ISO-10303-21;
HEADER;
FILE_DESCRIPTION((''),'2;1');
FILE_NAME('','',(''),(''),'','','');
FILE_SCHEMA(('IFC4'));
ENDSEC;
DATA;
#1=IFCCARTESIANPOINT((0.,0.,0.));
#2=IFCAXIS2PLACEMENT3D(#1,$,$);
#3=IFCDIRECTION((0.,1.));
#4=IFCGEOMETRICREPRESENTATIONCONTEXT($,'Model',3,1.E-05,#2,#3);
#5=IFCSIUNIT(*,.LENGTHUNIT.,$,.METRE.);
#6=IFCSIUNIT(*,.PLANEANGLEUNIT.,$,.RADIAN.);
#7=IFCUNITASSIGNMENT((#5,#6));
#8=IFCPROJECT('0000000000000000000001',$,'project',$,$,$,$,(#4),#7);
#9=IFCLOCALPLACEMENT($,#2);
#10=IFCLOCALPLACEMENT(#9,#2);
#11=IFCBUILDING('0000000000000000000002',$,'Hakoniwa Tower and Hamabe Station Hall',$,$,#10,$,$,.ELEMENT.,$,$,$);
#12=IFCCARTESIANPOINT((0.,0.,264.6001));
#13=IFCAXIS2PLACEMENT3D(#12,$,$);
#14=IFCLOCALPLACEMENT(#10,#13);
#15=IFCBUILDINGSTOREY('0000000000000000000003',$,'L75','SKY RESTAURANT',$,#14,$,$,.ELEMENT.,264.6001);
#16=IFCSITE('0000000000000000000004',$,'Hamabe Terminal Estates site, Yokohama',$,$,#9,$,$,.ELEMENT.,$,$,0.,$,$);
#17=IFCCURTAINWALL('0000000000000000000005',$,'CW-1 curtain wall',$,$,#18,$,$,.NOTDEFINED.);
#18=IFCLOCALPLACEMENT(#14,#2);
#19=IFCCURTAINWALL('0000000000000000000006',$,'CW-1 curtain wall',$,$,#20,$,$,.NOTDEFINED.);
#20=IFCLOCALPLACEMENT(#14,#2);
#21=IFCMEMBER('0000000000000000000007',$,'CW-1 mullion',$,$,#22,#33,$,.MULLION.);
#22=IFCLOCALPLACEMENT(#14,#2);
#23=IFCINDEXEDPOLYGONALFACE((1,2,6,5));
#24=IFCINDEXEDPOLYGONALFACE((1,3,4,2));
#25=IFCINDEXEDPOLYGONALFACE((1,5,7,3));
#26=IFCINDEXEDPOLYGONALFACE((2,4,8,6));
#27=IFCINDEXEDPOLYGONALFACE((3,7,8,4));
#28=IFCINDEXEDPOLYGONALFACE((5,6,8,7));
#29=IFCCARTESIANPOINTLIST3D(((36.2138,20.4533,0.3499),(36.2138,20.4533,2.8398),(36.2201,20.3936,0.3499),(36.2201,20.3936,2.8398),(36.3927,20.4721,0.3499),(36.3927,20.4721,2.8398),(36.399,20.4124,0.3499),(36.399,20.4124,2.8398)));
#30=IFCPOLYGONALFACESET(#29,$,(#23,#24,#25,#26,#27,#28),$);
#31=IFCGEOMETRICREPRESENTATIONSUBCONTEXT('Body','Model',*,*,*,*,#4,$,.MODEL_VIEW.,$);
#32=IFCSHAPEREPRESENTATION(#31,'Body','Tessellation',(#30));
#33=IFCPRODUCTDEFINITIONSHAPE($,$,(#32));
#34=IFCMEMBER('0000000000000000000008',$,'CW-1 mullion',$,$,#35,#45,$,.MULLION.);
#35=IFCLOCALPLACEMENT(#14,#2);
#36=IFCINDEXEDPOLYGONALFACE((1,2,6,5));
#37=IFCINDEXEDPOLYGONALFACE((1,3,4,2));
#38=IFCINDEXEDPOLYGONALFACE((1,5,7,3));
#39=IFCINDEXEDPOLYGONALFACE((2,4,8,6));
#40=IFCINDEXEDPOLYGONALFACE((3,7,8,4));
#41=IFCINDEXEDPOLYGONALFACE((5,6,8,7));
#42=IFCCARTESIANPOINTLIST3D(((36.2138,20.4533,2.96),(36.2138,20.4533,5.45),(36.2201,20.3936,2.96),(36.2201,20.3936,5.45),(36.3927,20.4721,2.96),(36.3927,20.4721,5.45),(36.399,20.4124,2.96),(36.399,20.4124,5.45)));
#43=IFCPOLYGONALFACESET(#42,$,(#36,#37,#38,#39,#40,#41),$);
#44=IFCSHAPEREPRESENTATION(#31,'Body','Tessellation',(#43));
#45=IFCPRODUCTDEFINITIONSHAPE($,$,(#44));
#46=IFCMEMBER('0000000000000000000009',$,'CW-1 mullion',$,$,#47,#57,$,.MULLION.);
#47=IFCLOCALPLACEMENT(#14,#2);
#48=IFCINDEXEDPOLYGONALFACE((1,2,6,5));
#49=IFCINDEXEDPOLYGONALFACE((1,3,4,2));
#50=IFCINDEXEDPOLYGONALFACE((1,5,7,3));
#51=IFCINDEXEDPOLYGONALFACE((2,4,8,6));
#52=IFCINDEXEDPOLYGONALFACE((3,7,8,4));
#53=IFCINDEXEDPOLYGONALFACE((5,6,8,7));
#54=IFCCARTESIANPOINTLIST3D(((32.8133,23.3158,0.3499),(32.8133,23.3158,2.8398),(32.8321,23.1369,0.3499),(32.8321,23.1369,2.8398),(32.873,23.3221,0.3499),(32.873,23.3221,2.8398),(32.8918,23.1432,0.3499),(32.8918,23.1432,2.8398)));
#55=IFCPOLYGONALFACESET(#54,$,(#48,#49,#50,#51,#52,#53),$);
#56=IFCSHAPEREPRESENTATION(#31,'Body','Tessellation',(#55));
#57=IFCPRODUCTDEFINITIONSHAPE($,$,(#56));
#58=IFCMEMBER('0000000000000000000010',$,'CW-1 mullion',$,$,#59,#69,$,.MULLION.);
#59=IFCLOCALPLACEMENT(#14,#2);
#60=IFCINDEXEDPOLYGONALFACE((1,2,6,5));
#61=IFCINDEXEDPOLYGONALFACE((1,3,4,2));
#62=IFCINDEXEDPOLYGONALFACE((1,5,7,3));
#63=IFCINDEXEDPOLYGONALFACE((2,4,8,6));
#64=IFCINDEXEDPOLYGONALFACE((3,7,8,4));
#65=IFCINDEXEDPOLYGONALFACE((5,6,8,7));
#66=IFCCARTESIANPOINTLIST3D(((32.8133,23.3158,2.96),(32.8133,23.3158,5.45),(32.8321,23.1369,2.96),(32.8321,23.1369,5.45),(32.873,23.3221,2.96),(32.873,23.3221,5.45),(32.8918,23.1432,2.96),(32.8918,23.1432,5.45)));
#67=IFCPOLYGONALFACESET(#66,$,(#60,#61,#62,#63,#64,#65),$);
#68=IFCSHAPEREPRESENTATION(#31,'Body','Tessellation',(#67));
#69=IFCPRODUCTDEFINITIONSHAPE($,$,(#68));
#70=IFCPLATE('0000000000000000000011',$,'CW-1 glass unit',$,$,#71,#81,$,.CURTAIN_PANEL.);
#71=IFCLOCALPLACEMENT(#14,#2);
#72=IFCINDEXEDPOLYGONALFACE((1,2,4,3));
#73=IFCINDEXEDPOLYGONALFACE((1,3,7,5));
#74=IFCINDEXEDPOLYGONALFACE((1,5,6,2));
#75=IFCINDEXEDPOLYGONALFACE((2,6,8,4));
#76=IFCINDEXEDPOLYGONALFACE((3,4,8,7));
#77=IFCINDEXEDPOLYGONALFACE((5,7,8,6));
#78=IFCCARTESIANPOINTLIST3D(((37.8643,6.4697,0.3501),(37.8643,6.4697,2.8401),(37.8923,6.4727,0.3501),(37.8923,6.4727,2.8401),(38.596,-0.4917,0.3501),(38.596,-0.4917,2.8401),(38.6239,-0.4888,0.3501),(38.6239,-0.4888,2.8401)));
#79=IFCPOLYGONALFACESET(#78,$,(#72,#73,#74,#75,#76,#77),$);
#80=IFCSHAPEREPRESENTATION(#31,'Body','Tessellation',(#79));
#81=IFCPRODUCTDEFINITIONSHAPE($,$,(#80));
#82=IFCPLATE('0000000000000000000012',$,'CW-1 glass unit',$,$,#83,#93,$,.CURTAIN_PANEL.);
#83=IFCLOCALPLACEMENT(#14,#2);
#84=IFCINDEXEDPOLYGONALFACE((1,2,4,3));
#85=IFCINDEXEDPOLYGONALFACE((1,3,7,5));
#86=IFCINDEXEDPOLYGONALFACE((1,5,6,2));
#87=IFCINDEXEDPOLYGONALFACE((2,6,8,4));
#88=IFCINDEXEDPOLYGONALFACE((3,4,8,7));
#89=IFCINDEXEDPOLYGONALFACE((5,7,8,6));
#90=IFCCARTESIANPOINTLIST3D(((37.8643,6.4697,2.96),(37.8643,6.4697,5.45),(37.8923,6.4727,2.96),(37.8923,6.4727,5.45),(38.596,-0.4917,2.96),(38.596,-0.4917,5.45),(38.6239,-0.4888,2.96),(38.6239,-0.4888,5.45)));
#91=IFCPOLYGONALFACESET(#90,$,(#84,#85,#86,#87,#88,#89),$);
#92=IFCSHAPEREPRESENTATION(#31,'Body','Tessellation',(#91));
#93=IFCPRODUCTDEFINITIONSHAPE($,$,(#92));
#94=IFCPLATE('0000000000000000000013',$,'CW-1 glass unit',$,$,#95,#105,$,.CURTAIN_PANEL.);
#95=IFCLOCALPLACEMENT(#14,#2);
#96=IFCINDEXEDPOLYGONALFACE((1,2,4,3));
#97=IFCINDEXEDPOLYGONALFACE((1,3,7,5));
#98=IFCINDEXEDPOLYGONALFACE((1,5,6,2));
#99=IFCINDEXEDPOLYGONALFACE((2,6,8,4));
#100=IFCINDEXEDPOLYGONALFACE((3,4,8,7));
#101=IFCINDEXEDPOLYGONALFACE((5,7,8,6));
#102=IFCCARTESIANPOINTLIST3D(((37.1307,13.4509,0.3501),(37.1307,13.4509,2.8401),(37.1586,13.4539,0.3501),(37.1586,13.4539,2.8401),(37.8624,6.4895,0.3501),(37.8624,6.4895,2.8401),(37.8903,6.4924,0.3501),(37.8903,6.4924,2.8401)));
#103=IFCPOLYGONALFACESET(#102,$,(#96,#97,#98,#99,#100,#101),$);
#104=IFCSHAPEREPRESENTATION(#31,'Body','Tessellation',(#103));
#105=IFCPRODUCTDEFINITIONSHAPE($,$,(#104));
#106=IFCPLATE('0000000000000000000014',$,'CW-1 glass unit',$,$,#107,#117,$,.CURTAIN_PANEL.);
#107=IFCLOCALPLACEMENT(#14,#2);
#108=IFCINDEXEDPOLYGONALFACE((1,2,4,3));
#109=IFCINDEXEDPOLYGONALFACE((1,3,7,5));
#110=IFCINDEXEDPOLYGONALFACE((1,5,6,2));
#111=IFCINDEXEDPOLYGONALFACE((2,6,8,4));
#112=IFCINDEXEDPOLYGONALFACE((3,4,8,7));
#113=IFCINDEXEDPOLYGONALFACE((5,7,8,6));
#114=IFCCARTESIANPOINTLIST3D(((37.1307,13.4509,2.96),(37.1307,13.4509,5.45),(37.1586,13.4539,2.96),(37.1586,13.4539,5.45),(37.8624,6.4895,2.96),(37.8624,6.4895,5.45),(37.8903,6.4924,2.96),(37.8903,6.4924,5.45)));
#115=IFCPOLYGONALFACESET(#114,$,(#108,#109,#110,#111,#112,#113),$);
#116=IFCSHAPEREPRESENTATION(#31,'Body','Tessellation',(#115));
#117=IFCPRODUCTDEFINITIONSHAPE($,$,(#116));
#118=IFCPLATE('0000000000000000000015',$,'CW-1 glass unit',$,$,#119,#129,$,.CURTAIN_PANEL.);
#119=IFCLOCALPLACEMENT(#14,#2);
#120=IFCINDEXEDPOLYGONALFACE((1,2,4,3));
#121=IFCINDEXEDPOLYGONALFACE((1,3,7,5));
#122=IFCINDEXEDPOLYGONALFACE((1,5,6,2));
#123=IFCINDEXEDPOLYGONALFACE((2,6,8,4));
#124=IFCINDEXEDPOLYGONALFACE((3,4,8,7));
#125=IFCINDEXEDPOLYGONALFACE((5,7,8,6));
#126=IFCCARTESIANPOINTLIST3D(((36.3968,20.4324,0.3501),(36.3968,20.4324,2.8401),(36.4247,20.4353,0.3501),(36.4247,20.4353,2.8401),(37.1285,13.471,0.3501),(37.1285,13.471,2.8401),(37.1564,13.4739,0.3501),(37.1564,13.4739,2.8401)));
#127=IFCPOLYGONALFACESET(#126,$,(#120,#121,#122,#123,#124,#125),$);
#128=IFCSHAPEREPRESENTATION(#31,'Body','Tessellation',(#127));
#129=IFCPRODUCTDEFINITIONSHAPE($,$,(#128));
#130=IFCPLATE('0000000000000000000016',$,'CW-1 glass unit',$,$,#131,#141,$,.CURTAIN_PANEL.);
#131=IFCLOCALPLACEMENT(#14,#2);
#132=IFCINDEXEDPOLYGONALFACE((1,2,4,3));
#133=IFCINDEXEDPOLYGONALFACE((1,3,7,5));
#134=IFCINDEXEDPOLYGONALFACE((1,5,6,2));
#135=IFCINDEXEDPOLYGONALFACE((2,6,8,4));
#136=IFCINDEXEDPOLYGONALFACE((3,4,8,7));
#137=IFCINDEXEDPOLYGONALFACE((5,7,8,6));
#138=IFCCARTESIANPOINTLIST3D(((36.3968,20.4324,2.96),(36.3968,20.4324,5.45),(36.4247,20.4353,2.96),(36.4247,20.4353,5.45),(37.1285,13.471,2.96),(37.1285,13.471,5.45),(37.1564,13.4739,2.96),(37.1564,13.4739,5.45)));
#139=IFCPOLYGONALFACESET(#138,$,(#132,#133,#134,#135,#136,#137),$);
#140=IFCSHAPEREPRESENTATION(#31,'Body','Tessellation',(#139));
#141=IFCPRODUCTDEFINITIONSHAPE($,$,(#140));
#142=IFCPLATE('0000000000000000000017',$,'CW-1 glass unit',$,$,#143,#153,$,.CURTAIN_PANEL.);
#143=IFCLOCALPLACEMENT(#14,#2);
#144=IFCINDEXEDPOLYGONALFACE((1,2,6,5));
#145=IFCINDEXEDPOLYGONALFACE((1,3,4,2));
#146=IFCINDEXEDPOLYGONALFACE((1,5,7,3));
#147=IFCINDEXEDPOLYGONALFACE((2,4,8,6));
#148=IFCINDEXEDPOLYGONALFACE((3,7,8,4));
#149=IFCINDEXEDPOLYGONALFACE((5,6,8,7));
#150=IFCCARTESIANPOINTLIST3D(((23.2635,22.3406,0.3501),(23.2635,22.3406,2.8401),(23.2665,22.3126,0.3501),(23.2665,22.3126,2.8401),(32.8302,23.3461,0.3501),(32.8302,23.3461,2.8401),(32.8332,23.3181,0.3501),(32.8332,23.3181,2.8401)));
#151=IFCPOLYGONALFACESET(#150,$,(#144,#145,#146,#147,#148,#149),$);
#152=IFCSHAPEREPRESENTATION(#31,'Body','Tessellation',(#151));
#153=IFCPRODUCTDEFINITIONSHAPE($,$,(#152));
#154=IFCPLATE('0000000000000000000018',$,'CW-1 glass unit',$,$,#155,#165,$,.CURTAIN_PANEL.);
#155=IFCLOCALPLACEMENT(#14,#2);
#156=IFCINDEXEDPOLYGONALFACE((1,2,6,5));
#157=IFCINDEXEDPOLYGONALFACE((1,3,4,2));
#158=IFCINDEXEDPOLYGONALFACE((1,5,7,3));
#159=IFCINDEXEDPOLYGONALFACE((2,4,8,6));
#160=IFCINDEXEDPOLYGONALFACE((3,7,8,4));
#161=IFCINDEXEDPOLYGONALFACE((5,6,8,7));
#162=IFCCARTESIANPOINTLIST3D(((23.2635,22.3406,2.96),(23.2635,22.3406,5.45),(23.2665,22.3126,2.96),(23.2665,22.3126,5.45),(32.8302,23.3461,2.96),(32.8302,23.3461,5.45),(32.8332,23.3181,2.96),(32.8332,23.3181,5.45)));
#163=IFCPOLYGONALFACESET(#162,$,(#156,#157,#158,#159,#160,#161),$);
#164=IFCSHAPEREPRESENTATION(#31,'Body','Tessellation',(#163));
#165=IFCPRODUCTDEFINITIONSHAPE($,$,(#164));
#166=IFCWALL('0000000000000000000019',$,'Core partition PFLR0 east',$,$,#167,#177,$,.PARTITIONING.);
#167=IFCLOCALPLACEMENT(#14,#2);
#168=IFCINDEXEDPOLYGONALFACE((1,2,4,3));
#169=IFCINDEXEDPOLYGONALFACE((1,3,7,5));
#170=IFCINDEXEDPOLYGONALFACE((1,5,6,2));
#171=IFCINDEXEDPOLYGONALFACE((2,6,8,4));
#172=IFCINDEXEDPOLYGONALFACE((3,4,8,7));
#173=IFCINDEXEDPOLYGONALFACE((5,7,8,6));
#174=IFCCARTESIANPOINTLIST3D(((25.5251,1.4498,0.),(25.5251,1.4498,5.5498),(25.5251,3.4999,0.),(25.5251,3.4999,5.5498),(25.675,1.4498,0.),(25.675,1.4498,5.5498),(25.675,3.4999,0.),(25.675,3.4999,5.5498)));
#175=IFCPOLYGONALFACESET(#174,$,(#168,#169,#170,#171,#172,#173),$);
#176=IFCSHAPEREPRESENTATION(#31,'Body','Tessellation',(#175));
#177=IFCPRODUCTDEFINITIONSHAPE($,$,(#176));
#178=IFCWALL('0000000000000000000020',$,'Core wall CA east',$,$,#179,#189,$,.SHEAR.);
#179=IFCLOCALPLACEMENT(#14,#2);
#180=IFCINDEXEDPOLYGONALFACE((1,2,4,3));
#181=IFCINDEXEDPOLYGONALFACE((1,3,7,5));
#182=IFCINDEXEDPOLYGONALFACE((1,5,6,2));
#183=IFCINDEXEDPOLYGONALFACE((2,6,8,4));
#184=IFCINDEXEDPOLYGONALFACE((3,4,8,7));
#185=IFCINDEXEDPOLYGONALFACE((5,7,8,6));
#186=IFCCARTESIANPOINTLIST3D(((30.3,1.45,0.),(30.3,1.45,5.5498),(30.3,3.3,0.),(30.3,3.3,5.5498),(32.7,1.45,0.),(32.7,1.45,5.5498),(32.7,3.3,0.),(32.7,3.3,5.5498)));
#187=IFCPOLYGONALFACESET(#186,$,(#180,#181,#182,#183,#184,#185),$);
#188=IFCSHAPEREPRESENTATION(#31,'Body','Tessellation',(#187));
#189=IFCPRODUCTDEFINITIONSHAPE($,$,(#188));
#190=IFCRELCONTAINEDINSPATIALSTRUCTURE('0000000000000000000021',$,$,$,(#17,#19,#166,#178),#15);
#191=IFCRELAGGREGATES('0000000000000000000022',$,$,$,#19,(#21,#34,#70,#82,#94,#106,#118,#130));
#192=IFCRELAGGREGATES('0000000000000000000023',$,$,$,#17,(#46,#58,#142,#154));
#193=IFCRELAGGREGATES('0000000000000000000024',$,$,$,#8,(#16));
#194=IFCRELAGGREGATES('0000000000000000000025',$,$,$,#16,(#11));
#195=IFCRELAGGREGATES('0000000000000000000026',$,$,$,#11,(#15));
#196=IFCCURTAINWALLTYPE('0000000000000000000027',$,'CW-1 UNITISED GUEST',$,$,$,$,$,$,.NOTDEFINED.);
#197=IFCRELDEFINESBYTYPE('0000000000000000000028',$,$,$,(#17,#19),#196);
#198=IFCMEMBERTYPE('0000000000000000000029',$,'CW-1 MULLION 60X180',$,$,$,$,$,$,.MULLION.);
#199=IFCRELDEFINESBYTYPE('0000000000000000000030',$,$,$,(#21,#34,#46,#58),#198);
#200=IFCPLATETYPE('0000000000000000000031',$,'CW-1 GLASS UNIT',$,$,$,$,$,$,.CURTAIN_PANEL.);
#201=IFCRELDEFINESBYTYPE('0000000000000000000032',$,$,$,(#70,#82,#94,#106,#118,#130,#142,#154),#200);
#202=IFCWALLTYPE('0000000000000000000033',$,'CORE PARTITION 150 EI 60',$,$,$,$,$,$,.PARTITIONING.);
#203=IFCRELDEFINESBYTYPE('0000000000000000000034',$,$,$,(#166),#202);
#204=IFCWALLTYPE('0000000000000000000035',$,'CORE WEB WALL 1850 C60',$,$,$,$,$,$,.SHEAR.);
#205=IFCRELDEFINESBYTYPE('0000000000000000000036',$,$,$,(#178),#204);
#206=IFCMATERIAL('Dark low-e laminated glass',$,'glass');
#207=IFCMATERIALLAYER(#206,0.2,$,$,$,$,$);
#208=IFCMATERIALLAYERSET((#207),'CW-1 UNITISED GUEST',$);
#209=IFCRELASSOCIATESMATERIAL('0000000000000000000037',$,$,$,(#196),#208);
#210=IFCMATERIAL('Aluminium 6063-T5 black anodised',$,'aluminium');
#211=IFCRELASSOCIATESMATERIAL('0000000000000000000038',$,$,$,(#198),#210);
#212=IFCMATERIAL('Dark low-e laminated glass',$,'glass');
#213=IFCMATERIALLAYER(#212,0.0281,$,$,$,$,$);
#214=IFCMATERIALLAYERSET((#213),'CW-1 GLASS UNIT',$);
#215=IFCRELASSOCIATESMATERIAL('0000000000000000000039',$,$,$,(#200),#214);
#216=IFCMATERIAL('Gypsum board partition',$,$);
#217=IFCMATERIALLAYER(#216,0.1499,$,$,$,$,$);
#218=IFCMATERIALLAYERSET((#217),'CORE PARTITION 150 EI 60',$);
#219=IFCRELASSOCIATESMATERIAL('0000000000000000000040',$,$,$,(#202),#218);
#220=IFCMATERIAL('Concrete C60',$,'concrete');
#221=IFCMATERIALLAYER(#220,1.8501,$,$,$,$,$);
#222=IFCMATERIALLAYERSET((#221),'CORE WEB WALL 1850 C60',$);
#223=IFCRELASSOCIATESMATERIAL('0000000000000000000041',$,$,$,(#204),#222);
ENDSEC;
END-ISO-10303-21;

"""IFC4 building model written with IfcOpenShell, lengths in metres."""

from ifc_helpers import new_model, si_unit, direction, frame, frame_2d, origin, origin_2d, place, context, subcontext, project, spatial, rectangle, extrude, material, layer, layer_set, material_profile, profile_set, type_object, element, aggregate, save


model = new_model("IFC4")

# Units and contexts
model_context = context("Model", 3, precision=1e-05, world=origin(), true_north=direction((0.0, 1.0)))
body_context = subcontext(model_context, "Body", "Model", "MODEL_VIEW")
ifc_project = project(units=[si_unit("LENGTHUNIT", "METRE"), si_unit("PLANEANGLEUNIT", "RADIAN")], contexts=[model_context])

# Site, building, storey
site_placement = place(None, origin())
site = spatial("IfcSite", under=ifc_project, at=site_placement, Name="Hamabe Terminal Estates site, Yokohama", CompositionType="ELEMENT", RefElevation=0.0)
building_placement = place(site_placement, origin())
building = spatial("IfcBuilding", under=site, at=building_placement, Name="Hakoniwa Tower and Hamabe Station Hall", CompositionType="ELEMENT")
storey_placement = place(building_placement, frame((0.0, 0.0, 264.6001)))
storey = spatial("IfcBuildingStorey", under=building, at=storey_placement, Name="L75", Description="SKY RESTAURANT", CompositionType="ELEMENT", Elevation=264.6001)

# Curtain walls, members
ifc_material_1 = material(Name="Dark low-e laminated glass", Category="glass")
ifc_layer_1 = layer(ifc_material_1, 0.2)
ifc_layer_set_1 = layer_set([ifc_layer_1], Name="CW-1 UNITISED GUEST")
curtain_wall_type = type_object("IfcCurtainWallType", Name="CW-1 UNITISED GUEST", PredefinedType="NOTDEFINED", material=ifc_layer_set_1)
curtain_wall_1_placement = place(storey_placement, origin())
curtain_wall_1 = element("IfcCurtainWall", 1, at=curtain_wall_1_placement, inside=storey, type_object=curtain_wall_type, Name="CW-1 curtain wall", PredefinedType="NOTDEFINED")
curtain_wall_2_placement = place(storey_placement, origin())
curtain_wall_2 = element("IfcCurtainWall", 2, at=curtain_wall_2_placement, inside=storey, type_object=curtain_wall_type, Name="CW-1 curtain wall", PredefinedType="NOTDEFINED")
ifc_material_2 = material(Name="Aluminium 6063-T5 black anodised", Category="aluminium")
ifc_material_profile_1 = material_profile(ifc_material_2, rectangle(XDim=0.0601, YDim=0.1799, at=origin_2d()), Name="CW-1 MULLION 60X180")
ifc_profile_set_1 = profile_set([ifc_material_profile_1], Name="Aluminium 6063-T5 black anodised")
member_type_1 = type_object("IfcMemberType", Name="CW-1 MULLION 60X180", PredefinedType="MULLION", material=ifc_profile_set_1)
member_1_placement = place(storey_placement, frame((36.3064, 20.4329, 0.3499), z_axis=(0.0, 0.0, 1.0), x_axis=(-0.104528, 0.994522, 0.0)))
member_1 = element("IfcMember", 3, at=member_1_placement, type_object=member_type_1, Name="CW-1 mullion", PredefinedType="MULLION", context=body_context, shape_type="SweptSolid", body=[
    extrude(rectangle(XDim=0.0601, YDim=0.1799, at=origin_2d()), origin(), (0.0, 0.0, 1.0), 2.49),
])
member_2_placement = place(storey_placement, frame((36.3064, 20.4329, 2.96), z_axis=(0.0, 0.0, 1.0), x_axis=(-0.104528, 0.994522, 0.0)))
member_2 = element("IfcMember", 4, at=member_2_placement, type_object=member_type_1, Name="CW-1 mullion", PredefinedType="MULLION", context=body_context, shape_type="SweptSolid", body=[
    extrude(rectangle(XDim=0.0601, YDim=0.1799, at=origin_2d()), origin(), (0.0, 0.0, 1.0), 2.49),
])

# Members
member_3_placement = place(storey_placement, frame((32.8525, 23.2295, 0.3499), z_axis=(0.0, 0.0, 1.0), x_axis=(-0.994522, -0.104528, 0.0)))
member_3 = element("IfcMember", 5, at=member_3_placement, type_object=member_type_1, Name="CW-1 mullion", PredefinedType="MULLION", context=body_context, shape_type="SweptSolid", body=[
    extrude(rectangle(XDim=0.0601, YDim=0.1799, at=origin_2d()), origin(), (0.0, 0.0, 1.0), 2.49),
])
member_4_placement = place(storey_placement, frame((32.8525, 23.2295, 2.96), z_axis=(0.0, 0.0, 1.0), x_axis=(-0.994522, -0.104528, 0.0)))
member_4 = element("IfcMember", 6, at=member_4_placement, type_object=member_type_1, Name="CW-1 mullion", PredefinedType="MULLION", context=body_context, shape_type="SweptSolid", body=[
    extrude(rectangle(XDim=0.0601, YDim=0.1799, at=origin_2d()), origin(), (0.0, 0.0, 1.0), 2.49),
])

# Plates
ifc_material_3 = material(Name="Dark low-e laminated glass", Category="glass")
ifc_layer_2 = layer(ifc_material_3, 0.0281)
ifc_layer_set_2 = layer_set([ifc_layer_2], Name="CW-1 GLASS UNIT")
plate_type = type_object("IfcPlateType", Name="CW-1 GLASS UNIT", PredefinedType="CURTAIN_PANEL", material=ifc_layer_set_2)
plate_1_placement = place(storey_placement, frame((38.2441, 2.9905, 0.3501), z_axis=(0.0, 0.0, 1.0), x_axis=(-0.104528, 0.994522, 0.0)))
plate_1 = element("IfcPlate", 7, at=plate_1_placement, type_object=plate_type, Name="CW-1 glass unit", PredefinedType="CURTAIN_PANEL", context=body_context, shape_type="SweptSolid", body=[
    extrude(rectangle(XDim=6.9998, YDim=0.0281, at=origin_2d()), origin(), (0.0, 0.0, 1.0), 2.49),
])
plate_2_placement = place(storey_placement, frame((38.2441, 2.9905, 2.96), z_axis=(0.0, 0.0, 1.0), x_axis=(-0.104528, 0.994522, 0.0)))
plate_2 = element("IfcPlate", 8, at=plate_2_placement, type_object=plate_type, Name="CW-1 glass unit", PredefinedType="CURTAIN_PANEL", context=body_context, shape_type="SweptSolid", body=[
    extrude(rectangle(XDim=6.9998, YDim=0.0281, at=origin_2d()), origin(), (0.0, 0.0, 1.0), 2.49),
])
plate_3_placement = place(storey_placement, frame((37.5105, 9.9717, 0.3501), z_axis=(0.0, 0.0, 1.0), x_axis=(-0.104528, 0.994522, 0.0)))
plate_3 = element("IfcPlate", 9, at=plate_3_placement, type_object=plate_type, Name="CW-1 glass unit", PredefinedType="CURTAIN_PANEL", context=body_context, shape_type="SweptSolid", body=[
    extrude(rectangle(XDim=6.9998, YDim=0.0281, at=origin_2d()), origin(), (0.0, 0.0, 1.0), 2.49),
])
plate_4_placement = place(storey_placement, frame((37.5105, 9.9717, 2.96), z_axis=(0.0, 0.0, 1.0), x_axis=(-0.104528, 0.994522, 0.0)))
plate_4 = element("IfcPlate", 10, at=plate_4_placement, type_object=plate_type, Name="CW-1 glass unit", PredefinedType="CURTAIN_PANEL", context=body_context, shape_type="SweptSolid", body=[
    extrude(rectangle(XDim=6.9998, YDim=0.0281, at=origin_2d()), origin(), (0.0, 0.0, 1.0), 2.49),
])
plate_5_placement = place(storey_placement, frame((36.7766, 16.9531, 0.3501), z_axis=(0.0, 0.0, 1.0), x_axis=(-0.104528, 0.994522, 0.0)))
plate_5 = element("IfcPlate", 11, at=plate_5_placement, type_object=plate_type, Name="CW-1 glass unit", PredefinedType="CURTAIN_PANEL", context=body_context, shape_type="SweptSolid", body=[
    extrude(rectangle(XDim=6.9998, YDim=0.0281, at=origin_2d()), origin(), (0.0, 0.0, 1.0), 2.49),
])
plate_6_placement = place(storey_placement, frame((36.7766, 16.9531, 2.96), z_axis=(0.0, 0.0, 1.0), x_axis=(-0.104528, 0.994522, 0.0)))
plate_6 = element("IfcPlate", 12, at=plate_6_placement, type_object=plate_type, Name="CW-1 glass unit", PredefinedType="CURTAIN_PANEL", context=body_context, shape_type="SweptSolid", body=[
    extrude(rectangle(XDim=6.9998, YDim=0.0281, at=origin_2d()), origin(), (0.0, 0.0, 1.0), 2.49),
])
aggregate(curtain_wall_2, [member_1, member_2, plate_1, plate_2, plate_3, plate_4, plate_5, plate_6])
plate_7_placement = place(storey_placement, frame((28.0483, 22.8293, 0.3501), z_axis=(0.0, 0.0, 1.0), x_axis=(-0.994522, -0.104528, 0.0)))
plate_7 = element("IfcPlate", 13, at=plate_7_placement, type_object=plate_type, Name="CW-1 glass unit", PredefinedType="CURTAIN_PANEL", context=body_context, shape_type="SweptSolid", body=[
    extrude(rectangle(XDim=9.6194, YDim=0.0281, at=origin_2d()), origin(), (0.0, 0.0, 1.0), 2.49),
])
plate_8_placement = place(storey_placement, frame((28.0483, 22.8293, 2.96), z_axis=(0.0, 0.0, 1.0), x_axis=(-0.994522, -0.104528, 0.0)))
plate_8 = element("IfcPlate", 14, at=plate_8_placement, type_object=plate_type, Name="CW-1 glass unit", PredefinedType="CURTAIN_PANEL", context=body_context, shape_type="SweptSolid", body=[
    extrude(rectangle(XDim=9.6194, YDim=0.0281, at=origin_2d()), origin(), (0.0, 0.0, 1.0), 2.49),
])
aggregate(curtain_wall_1, [member_3, member_4, plate_7, plate_8])

# Walls
ifc_material_4 = material(Name="Gypsum board partition")
ifc_layer_3 = layer(ifc_material_4, 0.1499)
ifc_layer_set_3 = layer_set([ifc_layer_3], Name="CORE PARTITION 150 EI 60")
wall_type_1 = type_object("IfcWallType", Name="CORE PARTITION 150 EI 60", PredefinedType="PARTITIONING", material=ifc_layer_set_3)
wall_1_placement = place(storey_placement, frame((25.6001, 1.45, 0.0), z_axis=(0.0, 0.0, 1.0), x_axis=(0.0, 1.0, 0.0)))
element("IfcWall", 15, at=wall_1_placement, inside=storey, type_object=wall_type_1, Name="Core partition PFLR0 east", PredefinedType="PARTITIONING", context=body_context, shape_type="SweptSolid", body=[
    extrude(rectangle(XDim=2.05, YDim=0.1499, at=frame_2d((1.0249, 0.0))), origin(), (0.0, 0.0, 1.0), 5.5498),
])
ifc_material_5 = material(Name="Concrete C60", Category="concrete")
ifc_layer_4 = layer(ifc_material_5, 1.8501)
ifc_layer_set_4 = layer_set([ifc_layer_4], Name="CORE WEB WALL 1850 C60")
wall_type_2 = type_object("IfcWallType", Name="CORE WEB WALL 1850 C60", PredefinedType="SHEAR", material=ifc_layer_set_4)
wall_2_placement = place(storey_placement, frame((30.3, 2.375, 0.0), z_axis=(0.0, 0.0, 1.0), x_axis=(1.0, 0.0, 0.0)))
element("IfcWall", 16, at=wall_2_placement, inside=storey, type_object=wall_type_2, Name="Core wall CA east", PredefinedType="SHEAR", context=body_context, shape_type="SweptSolid", body=[
    extrude(rectangle(XDim=2.3999, YDim=1.8501, at=frame_2d((1.2, 0.0))), origin(), (0.0, 0.0, 1.0), 5.5498),
])

save(model, "model.ifc")
